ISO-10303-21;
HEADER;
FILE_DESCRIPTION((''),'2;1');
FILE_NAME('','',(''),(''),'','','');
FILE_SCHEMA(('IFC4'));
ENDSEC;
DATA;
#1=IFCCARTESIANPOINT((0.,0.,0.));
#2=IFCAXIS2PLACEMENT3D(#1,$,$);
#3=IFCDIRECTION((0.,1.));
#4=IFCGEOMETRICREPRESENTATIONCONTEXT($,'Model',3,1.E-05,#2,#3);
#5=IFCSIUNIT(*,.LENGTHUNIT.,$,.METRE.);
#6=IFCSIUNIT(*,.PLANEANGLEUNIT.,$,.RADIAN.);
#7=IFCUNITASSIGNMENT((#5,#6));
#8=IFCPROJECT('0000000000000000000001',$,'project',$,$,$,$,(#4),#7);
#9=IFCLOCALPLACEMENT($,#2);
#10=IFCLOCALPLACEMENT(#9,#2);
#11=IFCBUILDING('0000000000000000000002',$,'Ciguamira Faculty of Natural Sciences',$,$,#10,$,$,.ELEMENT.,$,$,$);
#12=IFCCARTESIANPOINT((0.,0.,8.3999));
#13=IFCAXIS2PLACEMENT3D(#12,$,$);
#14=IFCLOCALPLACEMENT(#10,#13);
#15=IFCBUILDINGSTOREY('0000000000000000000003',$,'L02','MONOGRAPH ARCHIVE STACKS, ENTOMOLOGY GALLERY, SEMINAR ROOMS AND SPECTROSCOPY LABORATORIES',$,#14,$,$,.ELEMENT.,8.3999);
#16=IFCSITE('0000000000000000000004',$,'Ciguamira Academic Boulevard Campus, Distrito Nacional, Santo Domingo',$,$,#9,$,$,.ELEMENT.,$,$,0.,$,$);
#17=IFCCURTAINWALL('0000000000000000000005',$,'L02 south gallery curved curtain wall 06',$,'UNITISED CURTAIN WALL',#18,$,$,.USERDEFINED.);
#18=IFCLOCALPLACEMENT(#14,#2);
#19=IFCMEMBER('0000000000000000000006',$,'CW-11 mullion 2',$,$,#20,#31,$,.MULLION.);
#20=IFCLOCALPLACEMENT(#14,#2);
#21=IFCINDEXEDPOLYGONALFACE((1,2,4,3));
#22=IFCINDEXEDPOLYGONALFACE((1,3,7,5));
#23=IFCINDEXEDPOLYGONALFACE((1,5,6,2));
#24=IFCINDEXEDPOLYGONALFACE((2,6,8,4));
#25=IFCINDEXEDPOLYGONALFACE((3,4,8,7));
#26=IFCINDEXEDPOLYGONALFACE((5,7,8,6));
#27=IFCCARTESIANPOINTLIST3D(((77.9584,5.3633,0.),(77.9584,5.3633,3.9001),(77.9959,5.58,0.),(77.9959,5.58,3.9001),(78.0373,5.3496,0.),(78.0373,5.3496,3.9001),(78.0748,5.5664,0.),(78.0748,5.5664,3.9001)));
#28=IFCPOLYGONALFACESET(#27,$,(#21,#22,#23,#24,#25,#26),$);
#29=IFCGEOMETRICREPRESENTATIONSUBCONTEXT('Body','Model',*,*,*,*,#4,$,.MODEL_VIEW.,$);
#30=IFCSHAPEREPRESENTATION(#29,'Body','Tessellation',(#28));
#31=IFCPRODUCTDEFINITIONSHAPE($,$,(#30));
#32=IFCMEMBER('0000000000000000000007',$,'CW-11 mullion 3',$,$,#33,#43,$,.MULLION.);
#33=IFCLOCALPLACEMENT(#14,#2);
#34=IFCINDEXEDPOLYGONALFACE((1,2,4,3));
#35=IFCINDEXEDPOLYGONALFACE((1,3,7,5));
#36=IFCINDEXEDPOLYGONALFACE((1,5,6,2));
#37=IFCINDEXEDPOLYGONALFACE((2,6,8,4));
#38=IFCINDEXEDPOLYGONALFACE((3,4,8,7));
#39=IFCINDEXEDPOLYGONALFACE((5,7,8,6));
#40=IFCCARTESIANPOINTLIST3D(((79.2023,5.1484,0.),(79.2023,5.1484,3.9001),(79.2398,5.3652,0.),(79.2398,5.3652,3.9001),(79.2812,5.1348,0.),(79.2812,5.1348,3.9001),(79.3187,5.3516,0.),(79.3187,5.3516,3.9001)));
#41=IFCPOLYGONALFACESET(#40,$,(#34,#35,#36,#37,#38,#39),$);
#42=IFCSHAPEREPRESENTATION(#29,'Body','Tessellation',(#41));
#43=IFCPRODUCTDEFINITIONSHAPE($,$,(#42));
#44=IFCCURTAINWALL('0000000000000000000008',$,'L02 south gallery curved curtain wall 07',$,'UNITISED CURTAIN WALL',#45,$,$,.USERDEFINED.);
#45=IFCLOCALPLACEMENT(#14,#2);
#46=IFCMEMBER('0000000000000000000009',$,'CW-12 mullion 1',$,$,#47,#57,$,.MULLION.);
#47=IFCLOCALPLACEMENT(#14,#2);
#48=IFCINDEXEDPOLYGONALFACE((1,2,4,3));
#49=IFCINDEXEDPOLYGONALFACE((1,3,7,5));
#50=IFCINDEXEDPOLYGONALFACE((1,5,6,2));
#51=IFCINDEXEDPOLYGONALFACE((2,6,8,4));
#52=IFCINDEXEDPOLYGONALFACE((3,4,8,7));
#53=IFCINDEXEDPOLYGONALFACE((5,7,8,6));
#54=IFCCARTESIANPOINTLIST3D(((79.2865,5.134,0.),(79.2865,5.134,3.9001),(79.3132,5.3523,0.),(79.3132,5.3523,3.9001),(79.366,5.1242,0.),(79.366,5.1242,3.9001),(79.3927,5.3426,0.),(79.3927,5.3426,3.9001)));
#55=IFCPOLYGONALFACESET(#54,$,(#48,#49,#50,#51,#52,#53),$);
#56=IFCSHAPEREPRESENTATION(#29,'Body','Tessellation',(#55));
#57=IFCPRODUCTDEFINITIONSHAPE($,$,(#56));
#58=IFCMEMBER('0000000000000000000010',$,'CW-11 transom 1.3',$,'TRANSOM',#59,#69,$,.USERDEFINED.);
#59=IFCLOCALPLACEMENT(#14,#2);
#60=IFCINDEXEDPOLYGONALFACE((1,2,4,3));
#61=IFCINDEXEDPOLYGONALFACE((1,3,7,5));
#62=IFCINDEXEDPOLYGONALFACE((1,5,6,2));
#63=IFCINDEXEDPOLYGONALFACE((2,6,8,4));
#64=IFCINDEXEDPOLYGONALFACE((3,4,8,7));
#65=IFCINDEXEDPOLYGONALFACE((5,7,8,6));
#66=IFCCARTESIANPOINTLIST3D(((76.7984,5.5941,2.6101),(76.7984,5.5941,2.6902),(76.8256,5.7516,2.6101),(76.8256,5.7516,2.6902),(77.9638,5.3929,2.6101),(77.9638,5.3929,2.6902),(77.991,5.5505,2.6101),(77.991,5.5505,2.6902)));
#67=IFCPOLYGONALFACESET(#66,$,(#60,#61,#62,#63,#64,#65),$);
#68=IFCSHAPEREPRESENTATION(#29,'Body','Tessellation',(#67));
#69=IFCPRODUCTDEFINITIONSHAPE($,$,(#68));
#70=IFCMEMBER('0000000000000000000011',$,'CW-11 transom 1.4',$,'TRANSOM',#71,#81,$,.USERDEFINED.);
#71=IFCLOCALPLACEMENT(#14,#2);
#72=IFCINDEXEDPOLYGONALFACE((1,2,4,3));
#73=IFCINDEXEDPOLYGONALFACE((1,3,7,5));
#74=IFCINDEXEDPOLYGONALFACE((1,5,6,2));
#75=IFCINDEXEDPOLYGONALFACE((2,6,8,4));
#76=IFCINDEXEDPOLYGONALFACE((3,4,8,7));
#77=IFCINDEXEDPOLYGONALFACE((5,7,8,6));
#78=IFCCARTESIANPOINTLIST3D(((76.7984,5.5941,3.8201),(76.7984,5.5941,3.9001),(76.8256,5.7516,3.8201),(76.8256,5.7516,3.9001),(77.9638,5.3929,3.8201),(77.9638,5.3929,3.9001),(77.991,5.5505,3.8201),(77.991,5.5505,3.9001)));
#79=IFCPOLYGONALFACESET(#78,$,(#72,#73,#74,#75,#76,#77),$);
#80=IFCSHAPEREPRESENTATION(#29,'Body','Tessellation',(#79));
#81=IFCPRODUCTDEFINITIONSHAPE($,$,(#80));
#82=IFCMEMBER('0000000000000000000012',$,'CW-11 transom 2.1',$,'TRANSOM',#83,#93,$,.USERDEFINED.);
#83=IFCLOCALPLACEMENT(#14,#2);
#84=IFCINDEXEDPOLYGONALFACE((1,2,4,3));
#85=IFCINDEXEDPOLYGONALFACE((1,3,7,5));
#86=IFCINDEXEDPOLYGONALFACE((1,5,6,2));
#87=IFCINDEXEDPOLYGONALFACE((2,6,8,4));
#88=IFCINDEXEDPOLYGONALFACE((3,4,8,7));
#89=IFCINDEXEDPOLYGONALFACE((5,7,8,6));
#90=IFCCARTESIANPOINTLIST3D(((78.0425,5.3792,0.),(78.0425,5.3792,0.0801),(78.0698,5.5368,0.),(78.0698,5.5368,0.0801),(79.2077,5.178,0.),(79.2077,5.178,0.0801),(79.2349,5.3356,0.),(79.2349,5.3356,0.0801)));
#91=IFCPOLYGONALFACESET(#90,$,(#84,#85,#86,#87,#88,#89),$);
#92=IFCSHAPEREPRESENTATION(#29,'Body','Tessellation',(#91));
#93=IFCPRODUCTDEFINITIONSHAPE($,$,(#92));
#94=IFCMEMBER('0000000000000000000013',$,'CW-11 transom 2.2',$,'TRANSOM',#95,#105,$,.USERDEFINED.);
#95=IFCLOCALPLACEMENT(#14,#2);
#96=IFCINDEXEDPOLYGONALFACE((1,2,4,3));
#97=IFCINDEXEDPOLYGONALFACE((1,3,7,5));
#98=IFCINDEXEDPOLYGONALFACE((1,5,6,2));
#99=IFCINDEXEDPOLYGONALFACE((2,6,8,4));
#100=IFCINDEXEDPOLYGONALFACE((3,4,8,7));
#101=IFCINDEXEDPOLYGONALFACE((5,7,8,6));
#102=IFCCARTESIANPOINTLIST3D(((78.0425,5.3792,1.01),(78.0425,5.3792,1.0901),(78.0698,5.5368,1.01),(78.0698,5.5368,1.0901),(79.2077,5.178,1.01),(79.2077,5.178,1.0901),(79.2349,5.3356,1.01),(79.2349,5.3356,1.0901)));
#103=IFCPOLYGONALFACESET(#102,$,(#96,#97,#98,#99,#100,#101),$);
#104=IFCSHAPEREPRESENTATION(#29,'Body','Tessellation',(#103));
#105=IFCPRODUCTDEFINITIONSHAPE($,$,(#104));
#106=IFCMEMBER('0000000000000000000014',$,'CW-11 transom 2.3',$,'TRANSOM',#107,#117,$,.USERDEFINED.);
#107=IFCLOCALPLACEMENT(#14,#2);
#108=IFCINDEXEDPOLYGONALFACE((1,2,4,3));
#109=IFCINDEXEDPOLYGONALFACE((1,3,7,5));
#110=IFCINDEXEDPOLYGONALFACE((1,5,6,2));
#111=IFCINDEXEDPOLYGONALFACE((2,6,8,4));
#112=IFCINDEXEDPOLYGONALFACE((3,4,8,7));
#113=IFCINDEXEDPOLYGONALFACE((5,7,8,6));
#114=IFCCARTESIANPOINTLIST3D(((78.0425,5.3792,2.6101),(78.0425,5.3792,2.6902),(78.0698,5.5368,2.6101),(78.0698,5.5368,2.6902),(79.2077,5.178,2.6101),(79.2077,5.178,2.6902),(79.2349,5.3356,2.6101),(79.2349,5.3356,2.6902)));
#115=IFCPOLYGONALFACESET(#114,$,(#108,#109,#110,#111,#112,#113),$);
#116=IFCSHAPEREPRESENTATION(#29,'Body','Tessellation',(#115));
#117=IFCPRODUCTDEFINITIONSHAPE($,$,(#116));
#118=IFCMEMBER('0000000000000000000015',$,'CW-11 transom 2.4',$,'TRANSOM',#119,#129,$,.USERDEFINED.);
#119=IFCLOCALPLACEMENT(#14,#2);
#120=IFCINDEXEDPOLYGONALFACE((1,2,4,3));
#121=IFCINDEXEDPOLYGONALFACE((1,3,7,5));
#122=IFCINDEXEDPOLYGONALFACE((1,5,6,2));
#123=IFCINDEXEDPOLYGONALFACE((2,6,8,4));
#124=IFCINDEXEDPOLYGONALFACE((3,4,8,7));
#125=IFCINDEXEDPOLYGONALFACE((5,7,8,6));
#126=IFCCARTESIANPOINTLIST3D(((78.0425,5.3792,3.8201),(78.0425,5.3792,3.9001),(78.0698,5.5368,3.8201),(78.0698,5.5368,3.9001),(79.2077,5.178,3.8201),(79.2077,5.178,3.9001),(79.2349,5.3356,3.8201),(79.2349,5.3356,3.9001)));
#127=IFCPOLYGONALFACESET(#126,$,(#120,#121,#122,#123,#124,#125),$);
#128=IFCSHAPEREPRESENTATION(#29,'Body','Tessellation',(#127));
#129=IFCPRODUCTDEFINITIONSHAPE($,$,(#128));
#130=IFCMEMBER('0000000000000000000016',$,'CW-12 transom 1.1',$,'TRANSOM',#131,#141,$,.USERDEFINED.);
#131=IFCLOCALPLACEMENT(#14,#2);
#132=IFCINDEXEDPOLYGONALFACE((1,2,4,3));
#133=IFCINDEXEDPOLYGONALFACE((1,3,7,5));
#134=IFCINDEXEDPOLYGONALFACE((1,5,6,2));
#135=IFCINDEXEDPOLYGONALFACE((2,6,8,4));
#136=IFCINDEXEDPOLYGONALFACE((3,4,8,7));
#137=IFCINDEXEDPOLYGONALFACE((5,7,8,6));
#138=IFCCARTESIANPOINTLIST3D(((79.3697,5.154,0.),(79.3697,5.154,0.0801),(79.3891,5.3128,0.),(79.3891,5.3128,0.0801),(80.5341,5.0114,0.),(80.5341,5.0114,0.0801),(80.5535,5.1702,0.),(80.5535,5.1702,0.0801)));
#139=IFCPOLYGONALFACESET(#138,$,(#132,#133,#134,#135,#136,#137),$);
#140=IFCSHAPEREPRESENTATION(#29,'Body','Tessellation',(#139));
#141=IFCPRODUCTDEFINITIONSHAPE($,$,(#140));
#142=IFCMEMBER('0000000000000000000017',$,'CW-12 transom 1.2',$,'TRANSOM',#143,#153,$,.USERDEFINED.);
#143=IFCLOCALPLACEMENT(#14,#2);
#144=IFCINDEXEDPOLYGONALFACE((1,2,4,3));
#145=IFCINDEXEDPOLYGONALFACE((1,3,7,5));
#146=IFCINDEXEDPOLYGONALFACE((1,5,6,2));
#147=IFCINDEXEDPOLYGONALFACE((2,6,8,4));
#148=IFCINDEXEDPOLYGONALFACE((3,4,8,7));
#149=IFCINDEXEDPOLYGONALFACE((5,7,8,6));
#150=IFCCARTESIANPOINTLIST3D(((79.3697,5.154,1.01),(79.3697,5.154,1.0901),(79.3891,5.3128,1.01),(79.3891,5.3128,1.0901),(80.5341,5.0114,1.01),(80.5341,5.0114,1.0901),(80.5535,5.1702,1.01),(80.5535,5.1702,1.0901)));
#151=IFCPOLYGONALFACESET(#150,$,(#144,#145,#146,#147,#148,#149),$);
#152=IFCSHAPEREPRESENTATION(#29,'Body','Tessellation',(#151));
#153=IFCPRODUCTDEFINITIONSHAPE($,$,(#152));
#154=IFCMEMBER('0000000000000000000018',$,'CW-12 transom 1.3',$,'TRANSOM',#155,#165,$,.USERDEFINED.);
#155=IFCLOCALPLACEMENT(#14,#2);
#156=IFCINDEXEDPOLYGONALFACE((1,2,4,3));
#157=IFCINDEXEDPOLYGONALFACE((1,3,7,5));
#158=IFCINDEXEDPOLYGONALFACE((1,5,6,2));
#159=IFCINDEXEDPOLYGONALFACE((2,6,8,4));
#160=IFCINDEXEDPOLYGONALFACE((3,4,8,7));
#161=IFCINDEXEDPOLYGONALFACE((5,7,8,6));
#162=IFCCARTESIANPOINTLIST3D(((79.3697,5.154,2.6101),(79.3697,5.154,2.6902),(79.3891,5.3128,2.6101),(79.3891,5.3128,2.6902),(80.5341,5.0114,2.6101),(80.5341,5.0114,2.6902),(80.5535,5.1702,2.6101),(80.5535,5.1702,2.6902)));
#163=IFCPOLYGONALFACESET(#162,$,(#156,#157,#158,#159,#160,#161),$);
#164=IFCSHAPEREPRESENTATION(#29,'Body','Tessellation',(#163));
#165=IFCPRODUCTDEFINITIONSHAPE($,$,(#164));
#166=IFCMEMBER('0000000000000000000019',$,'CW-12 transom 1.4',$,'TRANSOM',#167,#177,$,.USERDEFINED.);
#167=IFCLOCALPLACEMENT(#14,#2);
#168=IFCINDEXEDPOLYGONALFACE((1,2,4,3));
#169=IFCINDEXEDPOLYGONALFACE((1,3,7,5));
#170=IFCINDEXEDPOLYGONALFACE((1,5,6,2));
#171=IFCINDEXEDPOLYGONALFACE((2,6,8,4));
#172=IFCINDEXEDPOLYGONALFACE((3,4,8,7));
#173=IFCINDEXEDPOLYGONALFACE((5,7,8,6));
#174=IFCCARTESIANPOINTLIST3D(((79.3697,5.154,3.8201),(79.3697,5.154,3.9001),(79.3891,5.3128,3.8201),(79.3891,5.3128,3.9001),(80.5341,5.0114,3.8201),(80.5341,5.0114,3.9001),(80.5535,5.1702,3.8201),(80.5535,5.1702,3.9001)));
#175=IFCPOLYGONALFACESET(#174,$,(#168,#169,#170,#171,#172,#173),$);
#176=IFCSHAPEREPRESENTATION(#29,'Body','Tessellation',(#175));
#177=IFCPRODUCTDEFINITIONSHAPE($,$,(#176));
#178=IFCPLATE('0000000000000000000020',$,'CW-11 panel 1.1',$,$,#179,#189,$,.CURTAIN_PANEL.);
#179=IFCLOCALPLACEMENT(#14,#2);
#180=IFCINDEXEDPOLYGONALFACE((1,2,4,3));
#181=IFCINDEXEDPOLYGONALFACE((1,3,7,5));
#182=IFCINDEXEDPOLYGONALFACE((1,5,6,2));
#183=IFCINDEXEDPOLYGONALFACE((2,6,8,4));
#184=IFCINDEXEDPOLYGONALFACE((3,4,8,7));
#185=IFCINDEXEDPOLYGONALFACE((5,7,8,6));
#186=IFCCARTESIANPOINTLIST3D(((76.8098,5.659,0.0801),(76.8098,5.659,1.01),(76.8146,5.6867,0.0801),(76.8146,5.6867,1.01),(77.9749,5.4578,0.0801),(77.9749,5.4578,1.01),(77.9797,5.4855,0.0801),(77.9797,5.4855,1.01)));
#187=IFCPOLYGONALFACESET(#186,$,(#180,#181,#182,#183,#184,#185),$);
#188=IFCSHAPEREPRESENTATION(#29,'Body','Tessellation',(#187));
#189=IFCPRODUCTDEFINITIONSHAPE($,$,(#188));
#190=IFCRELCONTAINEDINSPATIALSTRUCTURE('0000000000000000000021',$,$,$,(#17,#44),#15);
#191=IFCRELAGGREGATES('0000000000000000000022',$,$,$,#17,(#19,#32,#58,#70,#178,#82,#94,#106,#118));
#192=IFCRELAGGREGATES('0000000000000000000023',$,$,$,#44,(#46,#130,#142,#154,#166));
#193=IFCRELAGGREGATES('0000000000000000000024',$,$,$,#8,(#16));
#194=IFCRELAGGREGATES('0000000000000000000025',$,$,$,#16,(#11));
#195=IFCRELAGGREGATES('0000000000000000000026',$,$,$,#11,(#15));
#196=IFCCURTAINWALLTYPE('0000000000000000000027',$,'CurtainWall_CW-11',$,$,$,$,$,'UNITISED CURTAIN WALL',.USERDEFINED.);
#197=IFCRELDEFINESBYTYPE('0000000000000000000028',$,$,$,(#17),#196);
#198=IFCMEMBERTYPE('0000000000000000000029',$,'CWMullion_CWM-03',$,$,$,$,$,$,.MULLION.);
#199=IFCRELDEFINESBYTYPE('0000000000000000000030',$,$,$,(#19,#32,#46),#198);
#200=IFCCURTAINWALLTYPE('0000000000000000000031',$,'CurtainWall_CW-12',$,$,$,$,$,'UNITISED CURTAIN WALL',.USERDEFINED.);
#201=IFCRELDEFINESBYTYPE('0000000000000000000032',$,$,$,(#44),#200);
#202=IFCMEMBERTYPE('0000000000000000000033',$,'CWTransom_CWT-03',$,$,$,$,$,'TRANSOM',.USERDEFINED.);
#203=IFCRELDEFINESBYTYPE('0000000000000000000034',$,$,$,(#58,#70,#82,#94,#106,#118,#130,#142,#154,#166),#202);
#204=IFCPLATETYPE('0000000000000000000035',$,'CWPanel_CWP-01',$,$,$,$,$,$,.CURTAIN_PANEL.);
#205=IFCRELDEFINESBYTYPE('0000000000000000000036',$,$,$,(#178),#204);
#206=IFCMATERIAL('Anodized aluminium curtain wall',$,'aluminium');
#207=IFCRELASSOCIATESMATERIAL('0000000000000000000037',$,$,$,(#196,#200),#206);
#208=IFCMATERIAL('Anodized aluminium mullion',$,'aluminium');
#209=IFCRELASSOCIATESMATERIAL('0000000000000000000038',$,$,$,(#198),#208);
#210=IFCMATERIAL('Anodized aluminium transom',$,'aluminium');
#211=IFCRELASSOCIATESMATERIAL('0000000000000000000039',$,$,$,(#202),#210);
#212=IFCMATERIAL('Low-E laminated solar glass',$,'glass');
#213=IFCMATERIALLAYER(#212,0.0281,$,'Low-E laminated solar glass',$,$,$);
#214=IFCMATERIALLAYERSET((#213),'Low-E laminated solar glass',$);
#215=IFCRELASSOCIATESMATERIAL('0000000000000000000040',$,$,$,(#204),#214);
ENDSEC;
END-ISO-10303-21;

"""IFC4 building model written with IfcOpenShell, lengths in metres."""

from ifc_helpers import new_model, si_unit, direction, frame, origin, origin_2d, place, context, subcontext, project, spatial, rectangle, extrude, material, layer, layer_set, material_profile, profile_set, type_object, element, aggregate, save


model = new_model("IFC4")

# Units and contexts
model_context = context("Model", 3, precision=1e-05, world=origin(), true_north=direction((0.0, 1.0)))
body_context = subcontext(model_context, "Body", "Model", "MODEL_VIEW")
ifc_project = project(units=[si_unit("LENGTHUNIT", "METRE"), si_unit("PLANEANGLEUNIT", "RADIAN")], contexts=[model_context])

# Site, building, storey
site_placement = place(None, origin())
site = spatial("IfcSite", under=ifc_project, at=site_placement, Name="Ciguamira Academic Boulevard Campus, Distrito Nacional, Santo Domingo", CompositionType="ELEMENT", RefElevation=0.0)
building_placement = place(site_placement, origin())
building = spatial("IfcBuilding", under=site, at=building_placement, Name="Ciguamira Faculty of Natural Sciences", CompositionType="ELEMENT")
storey_placement = place(building_placement, frame((0.0, 0.0, 8.3999)))
storey = spatial("IfcBuildingStorey", under=building, at=storey_placement, Name="L02", Description="MONOGRAPH ARCHIVE STACKS, ENTOMOLOGY GALLERY, SEMINAR ROOMS AND SPECTROSCOPY LABORATORIES", CompositionType="ELEMENT", Elevation=8.3999)

# Curtain wall, members
ifc_material_1 = material(Name="Anodized aluminium curtain wall", Category="aluminium")
curtain_wall_type_1 = type_object("IfcCurtainWallType", Name="CurtainWall_CW-11", ElementType="UNITISED CURTAIN WALL", PredefinedType="USERDEFINED", material=ifc_material_1)
curtain_wall_1_placement = place(storey_placement, origin())
curtain_wall_1 = element("IfcCurtainWall", 1, at=curtain_wall_1_placement, inside=storey, type_object=curtain_wall_type_1, Name="L02 south gallery curved curtain wall 06", ObjectType="UNITISED CURTAIN WALL", PredefinedType="USERDEFINED")
ifc_material_2 = material(Name="Anodized aluminium mullion", Category="aluminium")
ifc_material_profile_1 = material_profile(ifc_material_2, rectangle(XDim=0.0801, YDim=0.22, at=origin_2d()), Name="ALU-MUL-80X220")
ifc_profile_set_1 = profile_set([ifc_material_profile_1], Name="Anodized aluminium mullion")
member_type_1 = type_object("IfcMemberType", Name="CWMullion_CWM-03", PredefinedType="MULLION", material=ifc_profile_set_1)
member_1_placement = place(storey_placement, frame((78.0166, 5.4648, 0.0), z_axis=(0.0, 0.0, 1.0), x_axis=(0.985411, -0.170192, 0.0)))
member_1 = element("IfcMember", 2, at=member_1_placement, type_object=member_type_1, Name="CW-11 mullion 2", PredefinedType="MULLION", context=body_context, shape_type="SweptSolid", body=[
    extrude(rectangle(XDim=0.0801, YDim=0.22, at=origin_2d()), origin(), (0.0, 0.0, 1.0), 3.9001),
])
member_2_placement = place(storey_placement, frame((79.2605, 5.25, 0.0), z_axis=(0.0, 0.0, 1.0), x_axis=(0.985411, -0.170192, 0.0)))
member_2 = element("IfcMember", 3, at=member_2_placement, type_object=member_type_1, Name="CW-11 mullion 3", PredefinedType="MULLION", context=body_context, shape_type="SweptSolid", body=[
    extrude(rectangle(XDim=0.0801, YDim=0.22, at=origin_2d()), origin(), (0.0, 0.0, 1.0), 3.9001),
])

# Curtain wall, member
curtain_wall_type_2 = type_object("IfcCurtainWallType", Name="CurtainWall_CW-12", ElementType="UNITISED CURTAIN WALL", PredefinedType="USERDEFINED", material=ifc_material_1)
curtain_wall_2_placement = place(storey_placement, origin())
curtain_wall_2 = element("IfcCurtainWall", 4, at=curtain_wall_2_placement, inside=storey, type_object=curtain_wall_type_2, Name="L02 south gallery curved curtain wall 07", ObjectType="UNITISED CURTAIN WALL", PredefinedType="USERDEFINED")
member_3_placement = place(storey_placement, frame((79.3396, 5.2383, 0.0), z_axis=(0.0, 0.0, 1.0), x_axis=(0.992586, -0.121545, 0.0)))
member_3 = element("IfcMember", 5, at=member_3_placement, type_object=member_type_1, Name="CW-12 mullion 1", PredefinedType="MULLION", context=body_context, shape_type="SweptSolid", body=[
    extrude(rectangle(XDim=0.0801, YDim=0.22, at=origin_2d()), origin(), (0.0, 0.0, 1.0), 3.9001),
])

# Members
ifc_material_3 = material(Name="Anodized aluminium transom", Category="aluminium")
ifc_material_profile_2 = material_profile(ifc_material_3, rectangle(XDim=0.0801, YDim=0.1599, at=origin_2d()), Name="ALU-TRN-80X160")
ifc_profile_set_2 = profile_set([ifc_material_profile_2], Name="Anodized aluminium transom")
member_type_2 = type_object("IfcMemberType", Name="CWTransom_CWT-03", ElementType="TRANSOM", PredefinedType="USERDEFINED", material=ifc_profile_set_2)
member_4_placement = place(storey_placement, frame((76.812, 5.6729, 2.6501), z_axis=(0.985423, -0.170121, 0.0), x_axis=(0.0, 0.0, 1.0)))
member_4 = element("IfcMember", 6, at=member_4_placement, type_object=member_type_2, Name="CW-11 transom 1.3", ObjectType="TRANSOM", PredefinedType="USERDEFINED", context=body_context, shape_type="SweptSolid", body=[
    extrude(rectangle(XDim=0.0801, YDim=0.1599, at=origin_2d()), origin(), (0.0, 0.0, 1.0), 1.1826),
])
member_5_placement = place(storey_placement, frame((76.812, 5.6729, 3.8601), z_axis=(0.985423, -0.170121, 0.0), x_axis=(0.0, 0.0, 1.0)))
member_5 = element("IfcMember", 7, at=member_5_placement, type_object=member_type_2, Name="CW-11 transom 1.4", ObjectType="TRANSOM", PredefinedType="USERDEFINED", context=body_context, shape_type="SweptSolid", body=[
    extrude(rectangle(XDim=0.0801, YDim=0.1599, at=origin_2d()), origin(), (0.0, 0.0, 1.0), 1.1826),
])
member_6_placement = place(storey_placement, frame((78.0562, 5.458, 0.04), z_axis=(0.985417, -0.170156, 0.0), x_axis=(0.0, 0.0, 1.0)))
member_6 = element("IfcMember", 8, at=member_6_placement, type_object=member_type_2, Name="CW-11 transom 2.1", ObjectType="TRANSOM", PredefinedType="USERDEFINED", context=body_context, shape_type="SweptSolid", body=[
    extrude(rectangle(XDim=0.0801, YDim=0.1599, at=origin_2d()), origin(), (0.0, 0.0, 1.0), 1.1824),
])
member_7_placement = place(storey_placement, frame((78.0562, 5.458, 1.05), z_axis=(0.985417, -0.170156, 0.0), x_axis=(0.0, 0.0, 1.0)))
member_7 = element("IfcMember", 9, at=member_7_placement, type_object=member_type_2, Name="CW-11 transom 2.2", ObjectType="TRANSOM", PredefinedType="USERDEFINED", context=body_context, shape_type="SweptSolid", body=[
    extrude(rectangle(XDim=0.0801, YDim=0.1599, at=origin_2d()), origin(), (0.0, 0.0, 1.0), 1.1824),
])
member_8_placement = place(storey_placement, frame((78.0562, 5.458, 2.6501), z_axis=(0.985417, -0.170156, 0.0), x_axis=(0.0, 0.0, 1.0)))
member_8 = element("IfcMember", 10, at=member_8_placement, type_object=member_type_2, Name="CW-11 transom 2.3", ObjectType="TRANSOM", PredefinedType="USERDEFINED", context=body_context, shape_type="SweptSolid", body=[
    extrude(rectangle(XDim=0.0801, YDim=0.1599, at=origin_2d()), origin(), (0.0, 0.0, 1.0), 1.1824),
])
member_9_placement = place(storey_placement, frame((78.0562, 5.458, 3.8601), z_axis=(0.985417, -0.170156, 0.0), x_axis=(0.0, 0.0, 1.0)))
member_9 = element("IfcMember", 11, at=member_9_placement, type_object=member_type_2, Name="CW-11 transom 2.4", ObjectType="TRANSOM", PredefinedType="USERDEFINED", context=body_context, shape_type="SweptSolid", body=[
    extrude(rectangle(XDim=0.0801, YDim=0.1599, at=origin_2d()), origin(), (0.0, 0.0, 1.0), 1.1824),
])
member_10_placement = place(storey_placement, frame((79.3794, 5.2334, 0.04), z_axis=(0.992585, -0.12155, 0.0), x_axis=(0.0, 0.0, 1.0)))
member_10 = element("IfcMember", 12, at=member_10_placement, type_object=member_type_2, Name="CW-12 transom 1.1", ObjectType="TRANSOM", PredefinedType="USERDEFINED", context=body_context, shape_type="SweptSolid", body=[
    extrude(rectangle(XDim=0.0801, YDim=0.1599, at=origin_2d()), origin(), (0.0, 0.0, 1.0), 1.1731),
])
member_11_placement = place(storey_placement, frame((79.3794, 5.2334, 1.05), z_axis=(0.992585, -0.12155, 0.0), x_axis=(0.0, 0.0, 1.0)))
member_11 = element("IfcMember", 13, at=member_11_placement, type_object=member_type_2, Name="CW-12 transom 1.2", ObjectType="TRANSOM", PredefinedType="USERDEFINED", context=body_context, shape_type="SweptSolid", body=[
    extrude(rectangle(XDim=0.0801, YDim=0.1599, at=origin_2d()), origin(), (0.0, 0.0, 1.0), 1.1731),
])
member_12_placement = place(storey_placement, frame((79.3794, 5.2334, 2.6501), z_axis=(0.992585, -0.12155, 0.0), x_axis=(0.0, 0.0, 1.0)))
member_12 = element("IfcMember", 14, at=member_12_placement, type_object=member_type_2, Name="CW-12 transom 1.3", ObjectType="TRANSOM", PredefinedType="USERDEFINED", context=body_context, shape_type="SweptSolid", body=[
    extrude(rectangle(XDim=0.0801, YDim=0.1599, at=origin_2d()), origin(), (0.0, 0.0, 1.0), 1.1731),
])
member_13_placement = place(storey_placement, frame((79.3794, 5.2334, 3.8601), z_axis=(0.992585, -0.12155, 0.0), x_axis=(0.0, 0.0, 1.0)))
member_13 = element("IfcMember", 15, at=member_13_placement, type_object=member_type_2, Name="CW-12 transom 1.4", ObjectType="TRANSOM", PredefinedType="USERDEFINED", context=body_context, shape_type="SweptSolid", body=[
    extrude(rectangle(XDim=0.0801, YDim=0.1599, at=origin_2d()), origin(), (0.0, 0.0, 1.0), 1.1731),
])

# Plate
ifc_material_4 = material(Name="Low-E laminated solar glass", Category="glass")
ifc_layer = layer(ifc_material_4, 0.0281, Name="Low-E laminated solar glass")
ifc_layer_set = layer_set([ifc_layer], Name="Low-E laminated solar glass")
plate_type = type_object("IfcPlateType", Name="CWPanel_CWP-01", PredefinedType="CURTAIN_PANEL", material=ifc_layer_set)
plate_1_placement = place(storey_placement, frame((77.3948, 5.5723, 0.0801), z_axis=(0.0, 0.0, 1.0), x_axis=(0.985411, -0.170192, 0.0)))
plate_1 = element("IfcPlate", 16, at=plate_1_placement, type_object=plate_type, Name="CW-11 panel 1.1", PredefinedType="CURTAIN_PANEL", context=body_context, shape_type="SweptSolid", body=[
    extrude(rectangle(XDim=1.1824, YDim=0.0281, at=origin_2d()), origin(), (0.0, 0.0, 1.0), 0.9299),
])
aggregate(curtain_wall_1, [member_1, member_2, member_4, member_5, plate_1, member_6, member_7, member_8, member_9])
aggregate(curtain_wall_2, [member_3, member_10, member_11, member_12, member_13])

save(model, "model.ifc")
